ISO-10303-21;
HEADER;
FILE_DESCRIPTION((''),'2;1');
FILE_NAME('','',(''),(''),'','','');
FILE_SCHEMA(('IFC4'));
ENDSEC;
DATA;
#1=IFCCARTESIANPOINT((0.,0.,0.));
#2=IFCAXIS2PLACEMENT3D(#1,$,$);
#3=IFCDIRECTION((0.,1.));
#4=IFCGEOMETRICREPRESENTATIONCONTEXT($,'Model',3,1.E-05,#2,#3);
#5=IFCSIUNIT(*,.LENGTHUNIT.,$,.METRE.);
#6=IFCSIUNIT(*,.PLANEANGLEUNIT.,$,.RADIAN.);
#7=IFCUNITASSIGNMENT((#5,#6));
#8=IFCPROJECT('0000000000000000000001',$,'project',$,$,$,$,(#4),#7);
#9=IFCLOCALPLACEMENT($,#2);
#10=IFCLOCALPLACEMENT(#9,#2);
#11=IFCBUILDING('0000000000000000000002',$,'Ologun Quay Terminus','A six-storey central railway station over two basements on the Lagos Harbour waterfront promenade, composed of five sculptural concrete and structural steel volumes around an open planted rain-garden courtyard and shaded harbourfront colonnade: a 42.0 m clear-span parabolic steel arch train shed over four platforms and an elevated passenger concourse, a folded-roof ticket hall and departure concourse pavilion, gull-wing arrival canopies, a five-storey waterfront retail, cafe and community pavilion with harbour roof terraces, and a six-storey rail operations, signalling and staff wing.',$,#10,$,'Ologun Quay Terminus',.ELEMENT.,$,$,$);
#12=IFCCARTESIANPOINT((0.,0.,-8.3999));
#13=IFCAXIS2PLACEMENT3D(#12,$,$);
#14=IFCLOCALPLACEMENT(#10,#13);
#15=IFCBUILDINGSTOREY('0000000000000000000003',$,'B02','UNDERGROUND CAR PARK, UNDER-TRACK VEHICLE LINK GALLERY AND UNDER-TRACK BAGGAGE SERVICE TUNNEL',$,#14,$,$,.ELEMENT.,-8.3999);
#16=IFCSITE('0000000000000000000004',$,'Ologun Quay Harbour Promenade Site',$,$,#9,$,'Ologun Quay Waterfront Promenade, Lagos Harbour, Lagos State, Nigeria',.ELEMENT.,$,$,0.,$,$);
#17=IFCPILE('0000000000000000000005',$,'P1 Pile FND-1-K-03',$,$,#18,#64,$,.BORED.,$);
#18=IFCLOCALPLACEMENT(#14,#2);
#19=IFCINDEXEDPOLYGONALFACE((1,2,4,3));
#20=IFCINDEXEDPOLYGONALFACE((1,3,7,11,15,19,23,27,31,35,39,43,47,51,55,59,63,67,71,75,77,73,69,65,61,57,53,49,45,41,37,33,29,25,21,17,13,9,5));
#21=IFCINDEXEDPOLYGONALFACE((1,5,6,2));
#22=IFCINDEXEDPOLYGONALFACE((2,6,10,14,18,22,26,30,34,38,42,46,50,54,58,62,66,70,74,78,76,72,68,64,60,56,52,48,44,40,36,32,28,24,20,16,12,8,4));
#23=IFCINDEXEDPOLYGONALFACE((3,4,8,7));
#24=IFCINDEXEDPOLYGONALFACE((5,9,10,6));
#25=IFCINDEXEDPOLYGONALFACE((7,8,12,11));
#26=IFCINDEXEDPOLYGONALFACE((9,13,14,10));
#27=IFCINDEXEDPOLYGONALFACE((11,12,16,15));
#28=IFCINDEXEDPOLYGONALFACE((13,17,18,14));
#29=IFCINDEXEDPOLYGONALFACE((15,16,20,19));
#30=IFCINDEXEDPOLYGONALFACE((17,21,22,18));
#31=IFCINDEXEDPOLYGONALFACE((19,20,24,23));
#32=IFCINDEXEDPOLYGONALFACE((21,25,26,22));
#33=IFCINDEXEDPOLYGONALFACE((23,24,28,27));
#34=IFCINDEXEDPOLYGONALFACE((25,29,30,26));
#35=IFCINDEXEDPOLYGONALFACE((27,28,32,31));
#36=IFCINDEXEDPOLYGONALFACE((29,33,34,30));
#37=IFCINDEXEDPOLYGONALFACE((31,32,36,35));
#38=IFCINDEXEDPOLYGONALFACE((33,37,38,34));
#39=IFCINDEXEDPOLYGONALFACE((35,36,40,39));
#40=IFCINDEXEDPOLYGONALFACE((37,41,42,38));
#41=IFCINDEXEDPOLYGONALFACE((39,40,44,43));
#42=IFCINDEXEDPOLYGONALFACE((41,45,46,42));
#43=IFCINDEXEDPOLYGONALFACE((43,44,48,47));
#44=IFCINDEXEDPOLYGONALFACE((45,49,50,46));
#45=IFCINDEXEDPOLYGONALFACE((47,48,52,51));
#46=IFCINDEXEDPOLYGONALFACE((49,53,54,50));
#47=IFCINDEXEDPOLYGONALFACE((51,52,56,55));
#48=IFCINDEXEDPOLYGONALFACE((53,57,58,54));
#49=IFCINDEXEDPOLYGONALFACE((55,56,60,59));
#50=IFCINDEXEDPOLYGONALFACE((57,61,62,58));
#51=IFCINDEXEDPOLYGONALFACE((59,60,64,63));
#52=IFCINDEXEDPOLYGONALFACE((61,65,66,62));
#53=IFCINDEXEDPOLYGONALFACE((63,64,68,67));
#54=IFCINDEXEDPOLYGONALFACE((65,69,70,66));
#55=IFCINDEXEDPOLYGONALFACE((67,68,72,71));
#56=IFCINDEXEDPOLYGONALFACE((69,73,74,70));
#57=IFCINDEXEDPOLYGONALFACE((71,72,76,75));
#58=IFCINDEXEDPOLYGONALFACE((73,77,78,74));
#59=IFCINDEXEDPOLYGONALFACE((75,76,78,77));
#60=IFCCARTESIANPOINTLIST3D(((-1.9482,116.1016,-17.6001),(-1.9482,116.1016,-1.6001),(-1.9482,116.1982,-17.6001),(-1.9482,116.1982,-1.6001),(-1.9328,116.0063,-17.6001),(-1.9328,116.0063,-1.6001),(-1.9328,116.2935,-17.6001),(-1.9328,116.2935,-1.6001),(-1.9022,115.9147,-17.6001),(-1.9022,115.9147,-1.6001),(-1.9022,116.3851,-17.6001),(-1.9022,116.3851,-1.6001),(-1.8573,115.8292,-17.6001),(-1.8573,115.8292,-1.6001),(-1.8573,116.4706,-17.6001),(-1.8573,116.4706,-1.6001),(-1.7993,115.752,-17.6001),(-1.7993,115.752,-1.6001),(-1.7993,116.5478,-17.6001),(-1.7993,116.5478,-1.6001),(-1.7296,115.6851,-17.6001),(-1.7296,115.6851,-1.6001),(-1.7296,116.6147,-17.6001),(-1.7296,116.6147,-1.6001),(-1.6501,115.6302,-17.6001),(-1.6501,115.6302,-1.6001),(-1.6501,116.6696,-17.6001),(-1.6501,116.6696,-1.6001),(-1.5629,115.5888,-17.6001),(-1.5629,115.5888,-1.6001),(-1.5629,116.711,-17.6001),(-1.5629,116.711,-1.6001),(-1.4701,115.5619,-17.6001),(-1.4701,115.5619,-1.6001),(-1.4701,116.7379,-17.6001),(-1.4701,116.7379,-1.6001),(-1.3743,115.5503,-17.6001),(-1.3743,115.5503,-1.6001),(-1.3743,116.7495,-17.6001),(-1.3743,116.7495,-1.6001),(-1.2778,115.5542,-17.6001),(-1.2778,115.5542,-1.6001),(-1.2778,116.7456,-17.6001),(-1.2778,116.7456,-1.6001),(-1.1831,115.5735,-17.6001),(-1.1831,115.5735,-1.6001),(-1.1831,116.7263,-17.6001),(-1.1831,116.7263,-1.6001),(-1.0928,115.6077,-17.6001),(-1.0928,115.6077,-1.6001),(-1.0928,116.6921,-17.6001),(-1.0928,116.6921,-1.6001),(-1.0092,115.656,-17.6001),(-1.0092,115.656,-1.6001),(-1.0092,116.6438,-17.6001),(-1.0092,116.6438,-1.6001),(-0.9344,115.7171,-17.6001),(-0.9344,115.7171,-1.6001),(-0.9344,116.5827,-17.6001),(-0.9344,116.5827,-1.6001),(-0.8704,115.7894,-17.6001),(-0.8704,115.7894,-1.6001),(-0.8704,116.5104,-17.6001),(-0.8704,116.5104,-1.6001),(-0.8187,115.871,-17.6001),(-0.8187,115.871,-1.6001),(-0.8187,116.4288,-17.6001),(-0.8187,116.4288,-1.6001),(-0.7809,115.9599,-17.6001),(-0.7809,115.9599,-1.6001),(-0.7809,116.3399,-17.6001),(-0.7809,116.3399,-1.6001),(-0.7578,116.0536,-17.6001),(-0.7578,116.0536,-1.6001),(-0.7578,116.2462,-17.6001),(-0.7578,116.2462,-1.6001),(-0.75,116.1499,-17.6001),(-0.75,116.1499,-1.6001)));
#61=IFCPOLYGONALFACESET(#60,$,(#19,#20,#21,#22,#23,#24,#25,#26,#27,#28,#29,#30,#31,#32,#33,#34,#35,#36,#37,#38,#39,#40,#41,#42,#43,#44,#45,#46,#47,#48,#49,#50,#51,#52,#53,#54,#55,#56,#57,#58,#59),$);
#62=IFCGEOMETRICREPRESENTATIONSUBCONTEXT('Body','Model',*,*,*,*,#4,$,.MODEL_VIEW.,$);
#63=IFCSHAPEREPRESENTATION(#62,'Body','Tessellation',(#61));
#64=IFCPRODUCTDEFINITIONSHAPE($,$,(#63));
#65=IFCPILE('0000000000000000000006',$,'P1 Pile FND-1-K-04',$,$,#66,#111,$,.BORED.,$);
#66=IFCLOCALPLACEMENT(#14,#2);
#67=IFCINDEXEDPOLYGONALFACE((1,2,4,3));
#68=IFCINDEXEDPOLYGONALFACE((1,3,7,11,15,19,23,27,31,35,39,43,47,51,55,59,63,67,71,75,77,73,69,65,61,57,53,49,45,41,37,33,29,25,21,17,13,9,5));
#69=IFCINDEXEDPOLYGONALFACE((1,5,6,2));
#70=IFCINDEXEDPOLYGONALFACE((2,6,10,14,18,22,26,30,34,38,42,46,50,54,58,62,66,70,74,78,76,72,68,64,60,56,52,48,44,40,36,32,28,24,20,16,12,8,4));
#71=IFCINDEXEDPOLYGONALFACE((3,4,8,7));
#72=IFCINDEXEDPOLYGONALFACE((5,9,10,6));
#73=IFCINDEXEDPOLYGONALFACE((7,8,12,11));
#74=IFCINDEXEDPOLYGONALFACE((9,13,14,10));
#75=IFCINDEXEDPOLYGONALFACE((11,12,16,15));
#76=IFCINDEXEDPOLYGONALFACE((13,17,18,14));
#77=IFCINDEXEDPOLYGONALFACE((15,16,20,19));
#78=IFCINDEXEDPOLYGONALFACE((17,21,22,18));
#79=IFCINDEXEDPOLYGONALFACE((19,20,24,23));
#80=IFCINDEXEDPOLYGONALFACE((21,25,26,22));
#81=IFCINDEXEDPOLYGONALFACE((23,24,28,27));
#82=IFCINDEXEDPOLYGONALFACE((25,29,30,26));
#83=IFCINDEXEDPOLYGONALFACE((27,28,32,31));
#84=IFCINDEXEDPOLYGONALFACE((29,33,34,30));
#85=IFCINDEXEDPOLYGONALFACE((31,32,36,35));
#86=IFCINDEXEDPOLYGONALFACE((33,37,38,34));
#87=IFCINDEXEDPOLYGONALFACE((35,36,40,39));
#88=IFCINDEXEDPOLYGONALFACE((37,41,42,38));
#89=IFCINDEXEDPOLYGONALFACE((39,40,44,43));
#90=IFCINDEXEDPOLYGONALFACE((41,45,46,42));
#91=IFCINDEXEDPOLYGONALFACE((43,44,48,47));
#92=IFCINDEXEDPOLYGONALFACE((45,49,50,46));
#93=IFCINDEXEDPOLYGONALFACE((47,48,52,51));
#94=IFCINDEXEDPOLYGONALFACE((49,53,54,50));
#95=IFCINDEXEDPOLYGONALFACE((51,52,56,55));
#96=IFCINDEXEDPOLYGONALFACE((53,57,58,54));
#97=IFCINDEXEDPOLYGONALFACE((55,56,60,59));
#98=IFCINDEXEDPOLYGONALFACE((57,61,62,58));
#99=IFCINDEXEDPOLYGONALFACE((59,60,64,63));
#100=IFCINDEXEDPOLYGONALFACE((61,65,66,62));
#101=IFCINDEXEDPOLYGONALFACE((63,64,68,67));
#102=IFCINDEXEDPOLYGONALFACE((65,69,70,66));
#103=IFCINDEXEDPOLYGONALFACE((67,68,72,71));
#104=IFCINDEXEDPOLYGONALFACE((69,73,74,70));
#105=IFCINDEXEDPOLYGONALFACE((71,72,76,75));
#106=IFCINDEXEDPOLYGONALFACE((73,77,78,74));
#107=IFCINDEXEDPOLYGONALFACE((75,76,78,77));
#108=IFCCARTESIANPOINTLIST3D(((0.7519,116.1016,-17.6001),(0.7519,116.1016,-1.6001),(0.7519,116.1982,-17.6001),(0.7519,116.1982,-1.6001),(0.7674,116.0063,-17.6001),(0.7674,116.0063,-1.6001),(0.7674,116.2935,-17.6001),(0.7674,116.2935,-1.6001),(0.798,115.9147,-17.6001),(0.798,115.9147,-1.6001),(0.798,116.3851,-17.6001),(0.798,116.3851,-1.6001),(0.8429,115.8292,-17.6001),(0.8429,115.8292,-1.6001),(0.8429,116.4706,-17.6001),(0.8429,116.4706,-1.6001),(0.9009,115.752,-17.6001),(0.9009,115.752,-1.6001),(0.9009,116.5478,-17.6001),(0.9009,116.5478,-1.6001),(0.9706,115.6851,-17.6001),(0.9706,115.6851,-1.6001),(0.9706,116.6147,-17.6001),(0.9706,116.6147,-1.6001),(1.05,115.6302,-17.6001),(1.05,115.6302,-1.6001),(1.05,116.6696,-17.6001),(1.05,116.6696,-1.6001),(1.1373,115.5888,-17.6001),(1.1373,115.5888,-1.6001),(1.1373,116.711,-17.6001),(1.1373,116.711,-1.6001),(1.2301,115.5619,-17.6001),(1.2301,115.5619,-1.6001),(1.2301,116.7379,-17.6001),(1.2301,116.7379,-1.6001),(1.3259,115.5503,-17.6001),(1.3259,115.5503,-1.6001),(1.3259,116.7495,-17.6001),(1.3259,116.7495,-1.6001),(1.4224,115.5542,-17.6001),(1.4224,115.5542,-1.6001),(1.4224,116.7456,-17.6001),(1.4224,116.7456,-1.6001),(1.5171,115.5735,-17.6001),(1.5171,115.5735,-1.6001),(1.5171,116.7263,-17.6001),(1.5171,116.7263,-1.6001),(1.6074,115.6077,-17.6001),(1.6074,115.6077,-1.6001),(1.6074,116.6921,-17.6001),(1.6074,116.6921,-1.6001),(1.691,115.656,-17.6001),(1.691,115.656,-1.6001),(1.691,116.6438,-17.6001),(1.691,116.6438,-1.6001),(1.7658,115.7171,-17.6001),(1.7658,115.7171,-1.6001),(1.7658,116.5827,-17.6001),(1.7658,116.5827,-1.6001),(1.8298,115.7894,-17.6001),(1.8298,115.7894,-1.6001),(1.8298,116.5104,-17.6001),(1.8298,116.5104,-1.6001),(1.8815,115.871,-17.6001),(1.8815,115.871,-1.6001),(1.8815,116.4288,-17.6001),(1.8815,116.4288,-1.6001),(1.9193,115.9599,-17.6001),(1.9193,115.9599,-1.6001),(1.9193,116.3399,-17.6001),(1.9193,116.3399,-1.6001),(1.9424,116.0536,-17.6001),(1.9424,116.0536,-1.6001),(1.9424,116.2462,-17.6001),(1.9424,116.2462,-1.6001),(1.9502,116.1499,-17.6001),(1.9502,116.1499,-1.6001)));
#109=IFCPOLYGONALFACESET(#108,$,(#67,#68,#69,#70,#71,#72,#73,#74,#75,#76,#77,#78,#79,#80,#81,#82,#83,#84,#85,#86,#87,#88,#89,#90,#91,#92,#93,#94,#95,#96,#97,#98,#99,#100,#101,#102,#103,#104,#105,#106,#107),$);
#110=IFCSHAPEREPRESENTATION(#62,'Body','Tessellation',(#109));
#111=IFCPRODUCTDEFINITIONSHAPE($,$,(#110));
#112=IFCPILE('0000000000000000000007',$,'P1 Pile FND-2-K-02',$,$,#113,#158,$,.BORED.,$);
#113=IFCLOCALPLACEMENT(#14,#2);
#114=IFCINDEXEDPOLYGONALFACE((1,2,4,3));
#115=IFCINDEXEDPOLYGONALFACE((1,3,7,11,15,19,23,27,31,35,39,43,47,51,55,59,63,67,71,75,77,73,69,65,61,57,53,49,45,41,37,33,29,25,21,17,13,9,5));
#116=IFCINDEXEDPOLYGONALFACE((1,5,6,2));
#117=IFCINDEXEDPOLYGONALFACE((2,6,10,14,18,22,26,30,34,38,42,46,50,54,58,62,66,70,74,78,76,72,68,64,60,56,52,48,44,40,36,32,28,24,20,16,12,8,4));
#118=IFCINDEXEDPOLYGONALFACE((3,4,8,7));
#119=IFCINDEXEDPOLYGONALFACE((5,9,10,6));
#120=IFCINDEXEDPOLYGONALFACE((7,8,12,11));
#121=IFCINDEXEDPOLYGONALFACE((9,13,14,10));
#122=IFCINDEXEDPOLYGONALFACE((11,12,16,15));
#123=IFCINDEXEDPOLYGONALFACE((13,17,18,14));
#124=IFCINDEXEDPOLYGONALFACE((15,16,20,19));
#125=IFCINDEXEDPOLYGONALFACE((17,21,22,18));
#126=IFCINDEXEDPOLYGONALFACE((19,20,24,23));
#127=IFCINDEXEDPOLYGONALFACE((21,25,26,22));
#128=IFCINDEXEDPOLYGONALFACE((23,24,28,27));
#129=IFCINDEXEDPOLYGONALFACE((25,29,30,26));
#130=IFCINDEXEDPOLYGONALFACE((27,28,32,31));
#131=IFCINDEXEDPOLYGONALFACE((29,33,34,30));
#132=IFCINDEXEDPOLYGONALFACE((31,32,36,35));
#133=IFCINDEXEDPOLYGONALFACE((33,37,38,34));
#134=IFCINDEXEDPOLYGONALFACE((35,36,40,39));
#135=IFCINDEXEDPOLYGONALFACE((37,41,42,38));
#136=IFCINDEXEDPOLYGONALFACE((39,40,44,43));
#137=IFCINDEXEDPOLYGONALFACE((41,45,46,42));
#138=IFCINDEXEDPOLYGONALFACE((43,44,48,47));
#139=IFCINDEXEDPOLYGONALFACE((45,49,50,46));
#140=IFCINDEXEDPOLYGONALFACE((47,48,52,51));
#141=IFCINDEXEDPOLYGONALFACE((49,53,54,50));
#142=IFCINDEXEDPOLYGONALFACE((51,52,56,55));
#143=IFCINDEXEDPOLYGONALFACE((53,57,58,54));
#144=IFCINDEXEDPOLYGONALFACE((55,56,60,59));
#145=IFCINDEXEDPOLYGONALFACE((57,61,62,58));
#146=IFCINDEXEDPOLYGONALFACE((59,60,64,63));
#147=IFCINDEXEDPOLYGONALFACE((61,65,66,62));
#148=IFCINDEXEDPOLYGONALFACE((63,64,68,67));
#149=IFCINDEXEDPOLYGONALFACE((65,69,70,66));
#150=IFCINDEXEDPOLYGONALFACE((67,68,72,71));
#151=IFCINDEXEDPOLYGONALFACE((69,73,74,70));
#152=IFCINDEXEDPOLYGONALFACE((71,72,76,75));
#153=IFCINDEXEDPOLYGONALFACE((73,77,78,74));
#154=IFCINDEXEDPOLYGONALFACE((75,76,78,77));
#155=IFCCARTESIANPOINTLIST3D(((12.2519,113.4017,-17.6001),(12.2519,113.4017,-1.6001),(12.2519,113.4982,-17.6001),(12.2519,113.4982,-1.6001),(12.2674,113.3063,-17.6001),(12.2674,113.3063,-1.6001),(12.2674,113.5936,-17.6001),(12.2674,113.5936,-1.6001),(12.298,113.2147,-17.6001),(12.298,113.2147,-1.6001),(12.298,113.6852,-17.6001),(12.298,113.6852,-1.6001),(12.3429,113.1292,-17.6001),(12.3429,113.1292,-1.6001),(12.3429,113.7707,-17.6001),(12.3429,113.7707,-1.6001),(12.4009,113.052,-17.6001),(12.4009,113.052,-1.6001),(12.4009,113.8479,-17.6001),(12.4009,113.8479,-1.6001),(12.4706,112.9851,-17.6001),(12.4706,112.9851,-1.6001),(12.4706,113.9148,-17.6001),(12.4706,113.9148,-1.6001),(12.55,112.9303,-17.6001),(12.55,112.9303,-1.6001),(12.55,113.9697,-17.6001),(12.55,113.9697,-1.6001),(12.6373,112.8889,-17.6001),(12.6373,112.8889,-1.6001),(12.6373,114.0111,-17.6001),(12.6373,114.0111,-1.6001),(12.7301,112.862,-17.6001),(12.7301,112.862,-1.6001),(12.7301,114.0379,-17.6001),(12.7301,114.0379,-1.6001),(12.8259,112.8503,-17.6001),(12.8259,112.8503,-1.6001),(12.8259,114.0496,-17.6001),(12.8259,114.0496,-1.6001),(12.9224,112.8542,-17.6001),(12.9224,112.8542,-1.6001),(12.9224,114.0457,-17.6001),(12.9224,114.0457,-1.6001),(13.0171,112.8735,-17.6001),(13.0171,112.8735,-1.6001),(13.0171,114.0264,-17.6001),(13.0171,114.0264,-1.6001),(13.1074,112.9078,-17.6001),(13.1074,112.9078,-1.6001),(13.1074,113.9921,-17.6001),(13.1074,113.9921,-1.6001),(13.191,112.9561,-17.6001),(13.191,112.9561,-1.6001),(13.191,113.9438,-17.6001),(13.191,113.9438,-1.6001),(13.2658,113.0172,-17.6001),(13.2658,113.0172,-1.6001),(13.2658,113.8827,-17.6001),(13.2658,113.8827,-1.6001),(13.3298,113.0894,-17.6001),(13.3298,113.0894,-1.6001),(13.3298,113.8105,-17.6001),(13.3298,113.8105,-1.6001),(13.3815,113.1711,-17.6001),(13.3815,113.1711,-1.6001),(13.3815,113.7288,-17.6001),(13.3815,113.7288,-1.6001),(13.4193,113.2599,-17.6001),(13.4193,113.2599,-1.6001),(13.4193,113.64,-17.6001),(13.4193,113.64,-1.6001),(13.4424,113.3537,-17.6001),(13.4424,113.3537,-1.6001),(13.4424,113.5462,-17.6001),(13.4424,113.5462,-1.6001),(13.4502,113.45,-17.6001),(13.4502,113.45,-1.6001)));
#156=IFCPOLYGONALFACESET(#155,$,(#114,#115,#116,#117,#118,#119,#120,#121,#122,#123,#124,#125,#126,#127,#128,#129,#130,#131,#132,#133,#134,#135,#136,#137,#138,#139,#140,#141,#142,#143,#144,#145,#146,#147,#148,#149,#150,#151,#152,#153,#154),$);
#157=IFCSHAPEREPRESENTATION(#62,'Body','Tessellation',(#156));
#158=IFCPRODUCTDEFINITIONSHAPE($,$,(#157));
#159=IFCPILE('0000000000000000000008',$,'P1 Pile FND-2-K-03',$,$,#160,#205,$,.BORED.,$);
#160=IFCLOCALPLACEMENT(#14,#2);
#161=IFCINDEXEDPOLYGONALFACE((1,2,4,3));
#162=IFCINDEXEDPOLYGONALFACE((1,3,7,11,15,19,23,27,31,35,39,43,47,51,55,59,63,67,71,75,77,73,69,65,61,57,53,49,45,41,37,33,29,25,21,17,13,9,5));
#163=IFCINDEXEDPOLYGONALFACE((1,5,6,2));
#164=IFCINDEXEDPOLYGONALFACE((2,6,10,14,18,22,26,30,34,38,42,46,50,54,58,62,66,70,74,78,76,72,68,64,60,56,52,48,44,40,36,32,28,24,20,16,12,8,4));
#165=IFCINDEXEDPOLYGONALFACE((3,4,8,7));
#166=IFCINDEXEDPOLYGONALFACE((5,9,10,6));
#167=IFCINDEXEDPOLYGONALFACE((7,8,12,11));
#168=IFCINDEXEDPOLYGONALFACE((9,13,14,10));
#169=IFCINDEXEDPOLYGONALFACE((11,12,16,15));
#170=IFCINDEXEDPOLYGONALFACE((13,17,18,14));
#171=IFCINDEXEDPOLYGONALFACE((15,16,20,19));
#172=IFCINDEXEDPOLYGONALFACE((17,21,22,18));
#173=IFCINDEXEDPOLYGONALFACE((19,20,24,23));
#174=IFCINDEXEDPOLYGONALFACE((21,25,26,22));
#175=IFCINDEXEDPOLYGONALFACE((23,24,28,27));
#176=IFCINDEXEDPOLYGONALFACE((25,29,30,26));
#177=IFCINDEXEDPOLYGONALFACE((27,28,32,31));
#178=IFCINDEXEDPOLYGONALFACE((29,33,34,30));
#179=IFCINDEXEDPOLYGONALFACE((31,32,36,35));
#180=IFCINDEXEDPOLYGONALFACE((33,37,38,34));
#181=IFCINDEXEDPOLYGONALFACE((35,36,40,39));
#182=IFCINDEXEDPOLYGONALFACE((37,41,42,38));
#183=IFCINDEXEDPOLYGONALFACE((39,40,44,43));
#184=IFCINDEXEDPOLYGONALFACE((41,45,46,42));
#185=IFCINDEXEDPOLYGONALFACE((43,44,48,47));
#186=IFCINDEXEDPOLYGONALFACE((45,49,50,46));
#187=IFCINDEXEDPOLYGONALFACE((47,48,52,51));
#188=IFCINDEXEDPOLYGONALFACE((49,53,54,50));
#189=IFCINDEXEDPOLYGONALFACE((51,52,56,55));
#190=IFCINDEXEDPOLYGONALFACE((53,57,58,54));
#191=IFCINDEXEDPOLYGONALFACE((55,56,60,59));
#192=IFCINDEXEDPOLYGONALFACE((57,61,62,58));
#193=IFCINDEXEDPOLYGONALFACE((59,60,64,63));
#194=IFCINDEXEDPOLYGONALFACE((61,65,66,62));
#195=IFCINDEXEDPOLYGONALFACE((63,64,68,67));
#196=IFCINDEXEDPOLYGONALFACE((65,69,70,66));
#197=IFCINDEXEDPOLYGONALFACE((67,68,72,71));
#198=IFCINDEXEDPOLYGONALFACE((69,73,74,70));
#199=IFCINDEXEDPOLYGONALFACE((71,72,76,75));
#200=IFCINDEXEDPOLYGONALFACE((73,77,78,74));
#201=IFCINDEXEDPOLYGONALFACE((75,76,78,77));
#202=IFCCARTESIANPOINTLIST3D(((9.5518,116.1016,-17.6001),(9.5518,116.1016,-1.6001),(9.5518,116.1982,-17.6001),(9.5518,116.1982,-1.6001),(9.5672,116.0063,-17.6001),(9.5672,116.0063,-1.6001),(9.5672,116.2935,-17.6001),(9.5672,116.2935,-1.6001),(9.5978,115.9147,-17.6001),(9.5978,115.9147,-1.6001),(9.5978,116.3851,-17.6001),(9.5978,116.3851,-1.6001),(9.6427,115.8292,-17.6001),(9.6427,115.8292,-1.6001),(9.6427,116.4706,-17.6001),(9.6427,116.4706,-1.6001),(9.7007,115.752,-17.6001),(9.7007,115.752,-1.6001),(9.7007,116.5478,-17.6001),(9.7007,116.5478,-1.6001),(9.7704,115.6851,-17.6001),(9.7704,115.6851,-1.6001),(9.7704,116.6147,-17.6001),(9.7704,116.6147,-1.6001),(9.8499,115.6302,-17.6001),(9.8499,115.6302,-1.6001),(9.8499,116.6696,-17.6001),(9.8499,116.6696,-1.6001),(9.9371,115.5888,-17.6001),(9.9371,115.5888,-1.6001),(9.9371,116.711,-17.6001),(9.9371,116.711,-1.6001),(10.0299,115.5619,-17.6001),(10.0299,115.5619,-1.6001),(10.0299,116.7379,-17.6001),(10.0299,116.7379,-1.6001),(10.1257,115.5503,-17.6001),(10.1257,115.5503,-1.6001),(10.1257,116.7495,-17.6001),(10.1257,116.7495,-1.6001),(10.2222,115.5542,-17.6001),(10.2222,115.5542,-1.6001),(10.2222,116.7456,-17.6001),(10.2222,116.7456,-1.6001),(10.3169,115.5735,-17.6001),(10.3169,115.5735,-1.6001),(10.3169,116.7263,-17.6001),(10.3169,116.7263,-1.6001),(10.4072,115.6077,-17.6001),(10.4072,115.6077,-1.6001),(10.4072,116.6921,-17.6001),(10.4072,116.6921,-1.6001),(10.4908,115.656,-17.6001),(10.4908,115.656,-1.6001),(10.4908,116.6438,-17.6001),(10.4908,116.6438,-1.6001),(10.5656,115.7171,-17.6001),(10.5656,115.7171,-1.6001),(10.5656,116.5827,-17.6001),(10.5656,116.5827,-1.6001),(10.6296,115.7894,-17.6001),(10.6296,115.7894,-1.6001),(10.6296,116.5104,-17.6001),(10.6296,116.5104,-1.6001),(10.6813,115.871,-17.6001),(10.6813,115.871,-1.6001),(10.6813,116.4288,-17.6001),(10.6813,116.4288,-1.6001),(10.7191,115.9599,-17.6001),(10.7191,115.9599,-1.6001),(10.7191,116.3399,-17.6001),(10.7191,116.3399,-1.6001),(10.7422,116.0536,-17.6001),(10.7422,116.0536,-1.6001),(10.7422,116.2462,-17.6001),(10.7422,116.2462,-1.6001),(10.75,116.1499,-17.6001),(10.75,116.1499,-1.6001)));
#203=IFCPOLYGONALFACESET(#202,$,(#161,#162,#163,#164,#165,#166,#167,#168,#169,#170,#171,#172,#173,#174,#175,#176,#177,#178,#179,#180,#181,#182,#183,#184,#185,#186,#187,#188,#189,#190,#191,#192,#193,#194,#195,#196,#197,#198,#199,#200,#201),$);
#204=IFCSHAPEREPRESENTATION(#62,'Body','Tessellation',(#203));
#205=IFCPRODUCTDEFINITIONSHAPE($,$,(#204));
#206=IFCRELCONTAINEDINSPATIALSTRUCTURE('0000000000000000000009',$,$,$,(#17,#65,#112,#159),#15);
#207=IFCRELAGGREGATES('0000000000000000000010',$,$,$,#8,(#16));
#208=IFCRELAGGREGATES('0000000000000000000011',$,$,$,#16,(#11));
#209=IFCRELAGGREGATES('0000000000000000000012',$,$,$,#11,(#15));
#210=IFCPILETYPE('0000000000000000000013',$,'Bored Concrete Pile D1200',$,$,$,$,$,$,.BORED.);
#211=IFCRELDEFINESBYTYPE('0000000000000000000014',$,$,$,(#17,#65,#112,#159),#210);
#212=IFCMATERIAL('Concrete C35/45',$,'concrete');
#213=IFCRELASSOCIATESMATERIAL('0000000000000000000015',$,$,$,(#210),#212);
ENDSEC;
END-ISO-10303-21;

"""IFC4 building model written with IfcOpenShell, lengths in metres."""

from ifc_helpers import new_model, si_unit, direction, frame, origin, origin_2d, place, context, subcontext, project, spatial, circle, extrude, material, material_profile, profile_set, type_object, element, save


model = new_model("IFC4")

# Units and contexts
model_context = context("Model", 3, precision=1e-05, world=origin(), true_north=direction((0.0, 1.0)))
body_context = subcontext(model_context, "Body", "Model", "MODEL_VIEW")
ifc_project = project(units=[si_unit("LENGTHUNIT", "METRE"), si_unit("PLANEANGLEUNIT", "RADIAN")], contexts=[model_context])

# Site, building, storey
site_placement = place(None, origin())
site = spatial("IfcSite", under=ifc_project, at=site_placement, Name="Ologun Quay Harbour Promenade Site", LongName="Ologun Quay Waterfront Promenade, Lagos Harbour, Lagos State, Nigeria", CompositionType="ELEMENT", RefElevation=0.0)
building_placement = place(site_placement, origin())
building = spatial("IfcBuilding", under=site, at=building_placement, Name="Ologun Quay Terminus", Description="A six-storey central railway station over two basements on the Lagos Harbour waterfront promenade, composed of five sculptural concrete and structural steel volumes around an open planted rain-garden courtyard and shaded harbourfront colonnade: a 42.0 m clear-span parabolic steel arch train shed over four platforms and an elevated passenger concourse, a folded-roof ticket hall and departure concourse pavilion, gull-wing arrival canopies, a five-storey waterfront retail, cafe and community pavilion with harbour roof terraces, and a six-storey rail operations, signalling and staff wing.", LongName="Ologun Quay Terminus", CompositionType="ELEMENT")
storey_placement = place(building_placement, frame((0.0, 0.0, -8.3999)))
storey = spatial("IfcBuildingStorey", under=building, at=storey_placement, Name="B02", Description="UNDERGROUND CAR PARK, UNDER-TRACK VEHICLE LINK GALLERY AND UNDER-TRACK BAGGAGE SERVICE TUNNEL", CompositionType="ELEMENT", Elevation=-8.3999)

# Piles
ifc_material_1 = material(Name="Concrete C35/45", Category="concrete")
ifc_material_profile_1 = material_profile(ifc_material_1, circle(Radius=0.6001, at=origin_2d()), Name="PILE D1200")
ifc_profile_set_1 = profile_set([ifc_material_profile_1], Name="Concrete C35/45")
pile_type_1 = type_object("IfcPileType", Name="Bored Concrete Pile D1200", PredefinedType="BORED", material=ifc_profile_set_1)
for number, where, z_axis, x_axis, name in (
    (1, (-1.3501, 116.1499, -1.6001), (0.0, 0.0, -1.0), (1.0, 0.0, 0.0), "P1 Pile FND-1-K-03"),
    (2, (1.3501, 116.1499, -1.6001), (0.0, 0.0, -1.0), (1.0, 0.0, 0.0), "P1 Pile FND-1-K-04"),
    (3, (12.8501, 113.45, -1.6001), (0.0, 0.0, -1.0), (1.0, 0.0, 0.0), "P1 Pile FND-2-K-02"),
    (4, (10.1499, 116.1499, -1.6001), (0.0, 0.0, -1.0), (1.0, 0.0, 0.0), "P1 Pile FND-2-K-03"),
):
    element("IfcPile", number, at=place(storey_placement, frame(where, z_axis=z_axis, x_axis=x_axis)), inside=storey, type_object=pile_type_1, Name=name, PredefinedType="BORED", context=body_context, shape_type="SweptSolid", body=[
        extrude(circle(Radius=0.6001, at=origin_2d()), origin(), (0.0, 0.0, 1.0), 16.0),
    ])

save(model, "model.ifc")
